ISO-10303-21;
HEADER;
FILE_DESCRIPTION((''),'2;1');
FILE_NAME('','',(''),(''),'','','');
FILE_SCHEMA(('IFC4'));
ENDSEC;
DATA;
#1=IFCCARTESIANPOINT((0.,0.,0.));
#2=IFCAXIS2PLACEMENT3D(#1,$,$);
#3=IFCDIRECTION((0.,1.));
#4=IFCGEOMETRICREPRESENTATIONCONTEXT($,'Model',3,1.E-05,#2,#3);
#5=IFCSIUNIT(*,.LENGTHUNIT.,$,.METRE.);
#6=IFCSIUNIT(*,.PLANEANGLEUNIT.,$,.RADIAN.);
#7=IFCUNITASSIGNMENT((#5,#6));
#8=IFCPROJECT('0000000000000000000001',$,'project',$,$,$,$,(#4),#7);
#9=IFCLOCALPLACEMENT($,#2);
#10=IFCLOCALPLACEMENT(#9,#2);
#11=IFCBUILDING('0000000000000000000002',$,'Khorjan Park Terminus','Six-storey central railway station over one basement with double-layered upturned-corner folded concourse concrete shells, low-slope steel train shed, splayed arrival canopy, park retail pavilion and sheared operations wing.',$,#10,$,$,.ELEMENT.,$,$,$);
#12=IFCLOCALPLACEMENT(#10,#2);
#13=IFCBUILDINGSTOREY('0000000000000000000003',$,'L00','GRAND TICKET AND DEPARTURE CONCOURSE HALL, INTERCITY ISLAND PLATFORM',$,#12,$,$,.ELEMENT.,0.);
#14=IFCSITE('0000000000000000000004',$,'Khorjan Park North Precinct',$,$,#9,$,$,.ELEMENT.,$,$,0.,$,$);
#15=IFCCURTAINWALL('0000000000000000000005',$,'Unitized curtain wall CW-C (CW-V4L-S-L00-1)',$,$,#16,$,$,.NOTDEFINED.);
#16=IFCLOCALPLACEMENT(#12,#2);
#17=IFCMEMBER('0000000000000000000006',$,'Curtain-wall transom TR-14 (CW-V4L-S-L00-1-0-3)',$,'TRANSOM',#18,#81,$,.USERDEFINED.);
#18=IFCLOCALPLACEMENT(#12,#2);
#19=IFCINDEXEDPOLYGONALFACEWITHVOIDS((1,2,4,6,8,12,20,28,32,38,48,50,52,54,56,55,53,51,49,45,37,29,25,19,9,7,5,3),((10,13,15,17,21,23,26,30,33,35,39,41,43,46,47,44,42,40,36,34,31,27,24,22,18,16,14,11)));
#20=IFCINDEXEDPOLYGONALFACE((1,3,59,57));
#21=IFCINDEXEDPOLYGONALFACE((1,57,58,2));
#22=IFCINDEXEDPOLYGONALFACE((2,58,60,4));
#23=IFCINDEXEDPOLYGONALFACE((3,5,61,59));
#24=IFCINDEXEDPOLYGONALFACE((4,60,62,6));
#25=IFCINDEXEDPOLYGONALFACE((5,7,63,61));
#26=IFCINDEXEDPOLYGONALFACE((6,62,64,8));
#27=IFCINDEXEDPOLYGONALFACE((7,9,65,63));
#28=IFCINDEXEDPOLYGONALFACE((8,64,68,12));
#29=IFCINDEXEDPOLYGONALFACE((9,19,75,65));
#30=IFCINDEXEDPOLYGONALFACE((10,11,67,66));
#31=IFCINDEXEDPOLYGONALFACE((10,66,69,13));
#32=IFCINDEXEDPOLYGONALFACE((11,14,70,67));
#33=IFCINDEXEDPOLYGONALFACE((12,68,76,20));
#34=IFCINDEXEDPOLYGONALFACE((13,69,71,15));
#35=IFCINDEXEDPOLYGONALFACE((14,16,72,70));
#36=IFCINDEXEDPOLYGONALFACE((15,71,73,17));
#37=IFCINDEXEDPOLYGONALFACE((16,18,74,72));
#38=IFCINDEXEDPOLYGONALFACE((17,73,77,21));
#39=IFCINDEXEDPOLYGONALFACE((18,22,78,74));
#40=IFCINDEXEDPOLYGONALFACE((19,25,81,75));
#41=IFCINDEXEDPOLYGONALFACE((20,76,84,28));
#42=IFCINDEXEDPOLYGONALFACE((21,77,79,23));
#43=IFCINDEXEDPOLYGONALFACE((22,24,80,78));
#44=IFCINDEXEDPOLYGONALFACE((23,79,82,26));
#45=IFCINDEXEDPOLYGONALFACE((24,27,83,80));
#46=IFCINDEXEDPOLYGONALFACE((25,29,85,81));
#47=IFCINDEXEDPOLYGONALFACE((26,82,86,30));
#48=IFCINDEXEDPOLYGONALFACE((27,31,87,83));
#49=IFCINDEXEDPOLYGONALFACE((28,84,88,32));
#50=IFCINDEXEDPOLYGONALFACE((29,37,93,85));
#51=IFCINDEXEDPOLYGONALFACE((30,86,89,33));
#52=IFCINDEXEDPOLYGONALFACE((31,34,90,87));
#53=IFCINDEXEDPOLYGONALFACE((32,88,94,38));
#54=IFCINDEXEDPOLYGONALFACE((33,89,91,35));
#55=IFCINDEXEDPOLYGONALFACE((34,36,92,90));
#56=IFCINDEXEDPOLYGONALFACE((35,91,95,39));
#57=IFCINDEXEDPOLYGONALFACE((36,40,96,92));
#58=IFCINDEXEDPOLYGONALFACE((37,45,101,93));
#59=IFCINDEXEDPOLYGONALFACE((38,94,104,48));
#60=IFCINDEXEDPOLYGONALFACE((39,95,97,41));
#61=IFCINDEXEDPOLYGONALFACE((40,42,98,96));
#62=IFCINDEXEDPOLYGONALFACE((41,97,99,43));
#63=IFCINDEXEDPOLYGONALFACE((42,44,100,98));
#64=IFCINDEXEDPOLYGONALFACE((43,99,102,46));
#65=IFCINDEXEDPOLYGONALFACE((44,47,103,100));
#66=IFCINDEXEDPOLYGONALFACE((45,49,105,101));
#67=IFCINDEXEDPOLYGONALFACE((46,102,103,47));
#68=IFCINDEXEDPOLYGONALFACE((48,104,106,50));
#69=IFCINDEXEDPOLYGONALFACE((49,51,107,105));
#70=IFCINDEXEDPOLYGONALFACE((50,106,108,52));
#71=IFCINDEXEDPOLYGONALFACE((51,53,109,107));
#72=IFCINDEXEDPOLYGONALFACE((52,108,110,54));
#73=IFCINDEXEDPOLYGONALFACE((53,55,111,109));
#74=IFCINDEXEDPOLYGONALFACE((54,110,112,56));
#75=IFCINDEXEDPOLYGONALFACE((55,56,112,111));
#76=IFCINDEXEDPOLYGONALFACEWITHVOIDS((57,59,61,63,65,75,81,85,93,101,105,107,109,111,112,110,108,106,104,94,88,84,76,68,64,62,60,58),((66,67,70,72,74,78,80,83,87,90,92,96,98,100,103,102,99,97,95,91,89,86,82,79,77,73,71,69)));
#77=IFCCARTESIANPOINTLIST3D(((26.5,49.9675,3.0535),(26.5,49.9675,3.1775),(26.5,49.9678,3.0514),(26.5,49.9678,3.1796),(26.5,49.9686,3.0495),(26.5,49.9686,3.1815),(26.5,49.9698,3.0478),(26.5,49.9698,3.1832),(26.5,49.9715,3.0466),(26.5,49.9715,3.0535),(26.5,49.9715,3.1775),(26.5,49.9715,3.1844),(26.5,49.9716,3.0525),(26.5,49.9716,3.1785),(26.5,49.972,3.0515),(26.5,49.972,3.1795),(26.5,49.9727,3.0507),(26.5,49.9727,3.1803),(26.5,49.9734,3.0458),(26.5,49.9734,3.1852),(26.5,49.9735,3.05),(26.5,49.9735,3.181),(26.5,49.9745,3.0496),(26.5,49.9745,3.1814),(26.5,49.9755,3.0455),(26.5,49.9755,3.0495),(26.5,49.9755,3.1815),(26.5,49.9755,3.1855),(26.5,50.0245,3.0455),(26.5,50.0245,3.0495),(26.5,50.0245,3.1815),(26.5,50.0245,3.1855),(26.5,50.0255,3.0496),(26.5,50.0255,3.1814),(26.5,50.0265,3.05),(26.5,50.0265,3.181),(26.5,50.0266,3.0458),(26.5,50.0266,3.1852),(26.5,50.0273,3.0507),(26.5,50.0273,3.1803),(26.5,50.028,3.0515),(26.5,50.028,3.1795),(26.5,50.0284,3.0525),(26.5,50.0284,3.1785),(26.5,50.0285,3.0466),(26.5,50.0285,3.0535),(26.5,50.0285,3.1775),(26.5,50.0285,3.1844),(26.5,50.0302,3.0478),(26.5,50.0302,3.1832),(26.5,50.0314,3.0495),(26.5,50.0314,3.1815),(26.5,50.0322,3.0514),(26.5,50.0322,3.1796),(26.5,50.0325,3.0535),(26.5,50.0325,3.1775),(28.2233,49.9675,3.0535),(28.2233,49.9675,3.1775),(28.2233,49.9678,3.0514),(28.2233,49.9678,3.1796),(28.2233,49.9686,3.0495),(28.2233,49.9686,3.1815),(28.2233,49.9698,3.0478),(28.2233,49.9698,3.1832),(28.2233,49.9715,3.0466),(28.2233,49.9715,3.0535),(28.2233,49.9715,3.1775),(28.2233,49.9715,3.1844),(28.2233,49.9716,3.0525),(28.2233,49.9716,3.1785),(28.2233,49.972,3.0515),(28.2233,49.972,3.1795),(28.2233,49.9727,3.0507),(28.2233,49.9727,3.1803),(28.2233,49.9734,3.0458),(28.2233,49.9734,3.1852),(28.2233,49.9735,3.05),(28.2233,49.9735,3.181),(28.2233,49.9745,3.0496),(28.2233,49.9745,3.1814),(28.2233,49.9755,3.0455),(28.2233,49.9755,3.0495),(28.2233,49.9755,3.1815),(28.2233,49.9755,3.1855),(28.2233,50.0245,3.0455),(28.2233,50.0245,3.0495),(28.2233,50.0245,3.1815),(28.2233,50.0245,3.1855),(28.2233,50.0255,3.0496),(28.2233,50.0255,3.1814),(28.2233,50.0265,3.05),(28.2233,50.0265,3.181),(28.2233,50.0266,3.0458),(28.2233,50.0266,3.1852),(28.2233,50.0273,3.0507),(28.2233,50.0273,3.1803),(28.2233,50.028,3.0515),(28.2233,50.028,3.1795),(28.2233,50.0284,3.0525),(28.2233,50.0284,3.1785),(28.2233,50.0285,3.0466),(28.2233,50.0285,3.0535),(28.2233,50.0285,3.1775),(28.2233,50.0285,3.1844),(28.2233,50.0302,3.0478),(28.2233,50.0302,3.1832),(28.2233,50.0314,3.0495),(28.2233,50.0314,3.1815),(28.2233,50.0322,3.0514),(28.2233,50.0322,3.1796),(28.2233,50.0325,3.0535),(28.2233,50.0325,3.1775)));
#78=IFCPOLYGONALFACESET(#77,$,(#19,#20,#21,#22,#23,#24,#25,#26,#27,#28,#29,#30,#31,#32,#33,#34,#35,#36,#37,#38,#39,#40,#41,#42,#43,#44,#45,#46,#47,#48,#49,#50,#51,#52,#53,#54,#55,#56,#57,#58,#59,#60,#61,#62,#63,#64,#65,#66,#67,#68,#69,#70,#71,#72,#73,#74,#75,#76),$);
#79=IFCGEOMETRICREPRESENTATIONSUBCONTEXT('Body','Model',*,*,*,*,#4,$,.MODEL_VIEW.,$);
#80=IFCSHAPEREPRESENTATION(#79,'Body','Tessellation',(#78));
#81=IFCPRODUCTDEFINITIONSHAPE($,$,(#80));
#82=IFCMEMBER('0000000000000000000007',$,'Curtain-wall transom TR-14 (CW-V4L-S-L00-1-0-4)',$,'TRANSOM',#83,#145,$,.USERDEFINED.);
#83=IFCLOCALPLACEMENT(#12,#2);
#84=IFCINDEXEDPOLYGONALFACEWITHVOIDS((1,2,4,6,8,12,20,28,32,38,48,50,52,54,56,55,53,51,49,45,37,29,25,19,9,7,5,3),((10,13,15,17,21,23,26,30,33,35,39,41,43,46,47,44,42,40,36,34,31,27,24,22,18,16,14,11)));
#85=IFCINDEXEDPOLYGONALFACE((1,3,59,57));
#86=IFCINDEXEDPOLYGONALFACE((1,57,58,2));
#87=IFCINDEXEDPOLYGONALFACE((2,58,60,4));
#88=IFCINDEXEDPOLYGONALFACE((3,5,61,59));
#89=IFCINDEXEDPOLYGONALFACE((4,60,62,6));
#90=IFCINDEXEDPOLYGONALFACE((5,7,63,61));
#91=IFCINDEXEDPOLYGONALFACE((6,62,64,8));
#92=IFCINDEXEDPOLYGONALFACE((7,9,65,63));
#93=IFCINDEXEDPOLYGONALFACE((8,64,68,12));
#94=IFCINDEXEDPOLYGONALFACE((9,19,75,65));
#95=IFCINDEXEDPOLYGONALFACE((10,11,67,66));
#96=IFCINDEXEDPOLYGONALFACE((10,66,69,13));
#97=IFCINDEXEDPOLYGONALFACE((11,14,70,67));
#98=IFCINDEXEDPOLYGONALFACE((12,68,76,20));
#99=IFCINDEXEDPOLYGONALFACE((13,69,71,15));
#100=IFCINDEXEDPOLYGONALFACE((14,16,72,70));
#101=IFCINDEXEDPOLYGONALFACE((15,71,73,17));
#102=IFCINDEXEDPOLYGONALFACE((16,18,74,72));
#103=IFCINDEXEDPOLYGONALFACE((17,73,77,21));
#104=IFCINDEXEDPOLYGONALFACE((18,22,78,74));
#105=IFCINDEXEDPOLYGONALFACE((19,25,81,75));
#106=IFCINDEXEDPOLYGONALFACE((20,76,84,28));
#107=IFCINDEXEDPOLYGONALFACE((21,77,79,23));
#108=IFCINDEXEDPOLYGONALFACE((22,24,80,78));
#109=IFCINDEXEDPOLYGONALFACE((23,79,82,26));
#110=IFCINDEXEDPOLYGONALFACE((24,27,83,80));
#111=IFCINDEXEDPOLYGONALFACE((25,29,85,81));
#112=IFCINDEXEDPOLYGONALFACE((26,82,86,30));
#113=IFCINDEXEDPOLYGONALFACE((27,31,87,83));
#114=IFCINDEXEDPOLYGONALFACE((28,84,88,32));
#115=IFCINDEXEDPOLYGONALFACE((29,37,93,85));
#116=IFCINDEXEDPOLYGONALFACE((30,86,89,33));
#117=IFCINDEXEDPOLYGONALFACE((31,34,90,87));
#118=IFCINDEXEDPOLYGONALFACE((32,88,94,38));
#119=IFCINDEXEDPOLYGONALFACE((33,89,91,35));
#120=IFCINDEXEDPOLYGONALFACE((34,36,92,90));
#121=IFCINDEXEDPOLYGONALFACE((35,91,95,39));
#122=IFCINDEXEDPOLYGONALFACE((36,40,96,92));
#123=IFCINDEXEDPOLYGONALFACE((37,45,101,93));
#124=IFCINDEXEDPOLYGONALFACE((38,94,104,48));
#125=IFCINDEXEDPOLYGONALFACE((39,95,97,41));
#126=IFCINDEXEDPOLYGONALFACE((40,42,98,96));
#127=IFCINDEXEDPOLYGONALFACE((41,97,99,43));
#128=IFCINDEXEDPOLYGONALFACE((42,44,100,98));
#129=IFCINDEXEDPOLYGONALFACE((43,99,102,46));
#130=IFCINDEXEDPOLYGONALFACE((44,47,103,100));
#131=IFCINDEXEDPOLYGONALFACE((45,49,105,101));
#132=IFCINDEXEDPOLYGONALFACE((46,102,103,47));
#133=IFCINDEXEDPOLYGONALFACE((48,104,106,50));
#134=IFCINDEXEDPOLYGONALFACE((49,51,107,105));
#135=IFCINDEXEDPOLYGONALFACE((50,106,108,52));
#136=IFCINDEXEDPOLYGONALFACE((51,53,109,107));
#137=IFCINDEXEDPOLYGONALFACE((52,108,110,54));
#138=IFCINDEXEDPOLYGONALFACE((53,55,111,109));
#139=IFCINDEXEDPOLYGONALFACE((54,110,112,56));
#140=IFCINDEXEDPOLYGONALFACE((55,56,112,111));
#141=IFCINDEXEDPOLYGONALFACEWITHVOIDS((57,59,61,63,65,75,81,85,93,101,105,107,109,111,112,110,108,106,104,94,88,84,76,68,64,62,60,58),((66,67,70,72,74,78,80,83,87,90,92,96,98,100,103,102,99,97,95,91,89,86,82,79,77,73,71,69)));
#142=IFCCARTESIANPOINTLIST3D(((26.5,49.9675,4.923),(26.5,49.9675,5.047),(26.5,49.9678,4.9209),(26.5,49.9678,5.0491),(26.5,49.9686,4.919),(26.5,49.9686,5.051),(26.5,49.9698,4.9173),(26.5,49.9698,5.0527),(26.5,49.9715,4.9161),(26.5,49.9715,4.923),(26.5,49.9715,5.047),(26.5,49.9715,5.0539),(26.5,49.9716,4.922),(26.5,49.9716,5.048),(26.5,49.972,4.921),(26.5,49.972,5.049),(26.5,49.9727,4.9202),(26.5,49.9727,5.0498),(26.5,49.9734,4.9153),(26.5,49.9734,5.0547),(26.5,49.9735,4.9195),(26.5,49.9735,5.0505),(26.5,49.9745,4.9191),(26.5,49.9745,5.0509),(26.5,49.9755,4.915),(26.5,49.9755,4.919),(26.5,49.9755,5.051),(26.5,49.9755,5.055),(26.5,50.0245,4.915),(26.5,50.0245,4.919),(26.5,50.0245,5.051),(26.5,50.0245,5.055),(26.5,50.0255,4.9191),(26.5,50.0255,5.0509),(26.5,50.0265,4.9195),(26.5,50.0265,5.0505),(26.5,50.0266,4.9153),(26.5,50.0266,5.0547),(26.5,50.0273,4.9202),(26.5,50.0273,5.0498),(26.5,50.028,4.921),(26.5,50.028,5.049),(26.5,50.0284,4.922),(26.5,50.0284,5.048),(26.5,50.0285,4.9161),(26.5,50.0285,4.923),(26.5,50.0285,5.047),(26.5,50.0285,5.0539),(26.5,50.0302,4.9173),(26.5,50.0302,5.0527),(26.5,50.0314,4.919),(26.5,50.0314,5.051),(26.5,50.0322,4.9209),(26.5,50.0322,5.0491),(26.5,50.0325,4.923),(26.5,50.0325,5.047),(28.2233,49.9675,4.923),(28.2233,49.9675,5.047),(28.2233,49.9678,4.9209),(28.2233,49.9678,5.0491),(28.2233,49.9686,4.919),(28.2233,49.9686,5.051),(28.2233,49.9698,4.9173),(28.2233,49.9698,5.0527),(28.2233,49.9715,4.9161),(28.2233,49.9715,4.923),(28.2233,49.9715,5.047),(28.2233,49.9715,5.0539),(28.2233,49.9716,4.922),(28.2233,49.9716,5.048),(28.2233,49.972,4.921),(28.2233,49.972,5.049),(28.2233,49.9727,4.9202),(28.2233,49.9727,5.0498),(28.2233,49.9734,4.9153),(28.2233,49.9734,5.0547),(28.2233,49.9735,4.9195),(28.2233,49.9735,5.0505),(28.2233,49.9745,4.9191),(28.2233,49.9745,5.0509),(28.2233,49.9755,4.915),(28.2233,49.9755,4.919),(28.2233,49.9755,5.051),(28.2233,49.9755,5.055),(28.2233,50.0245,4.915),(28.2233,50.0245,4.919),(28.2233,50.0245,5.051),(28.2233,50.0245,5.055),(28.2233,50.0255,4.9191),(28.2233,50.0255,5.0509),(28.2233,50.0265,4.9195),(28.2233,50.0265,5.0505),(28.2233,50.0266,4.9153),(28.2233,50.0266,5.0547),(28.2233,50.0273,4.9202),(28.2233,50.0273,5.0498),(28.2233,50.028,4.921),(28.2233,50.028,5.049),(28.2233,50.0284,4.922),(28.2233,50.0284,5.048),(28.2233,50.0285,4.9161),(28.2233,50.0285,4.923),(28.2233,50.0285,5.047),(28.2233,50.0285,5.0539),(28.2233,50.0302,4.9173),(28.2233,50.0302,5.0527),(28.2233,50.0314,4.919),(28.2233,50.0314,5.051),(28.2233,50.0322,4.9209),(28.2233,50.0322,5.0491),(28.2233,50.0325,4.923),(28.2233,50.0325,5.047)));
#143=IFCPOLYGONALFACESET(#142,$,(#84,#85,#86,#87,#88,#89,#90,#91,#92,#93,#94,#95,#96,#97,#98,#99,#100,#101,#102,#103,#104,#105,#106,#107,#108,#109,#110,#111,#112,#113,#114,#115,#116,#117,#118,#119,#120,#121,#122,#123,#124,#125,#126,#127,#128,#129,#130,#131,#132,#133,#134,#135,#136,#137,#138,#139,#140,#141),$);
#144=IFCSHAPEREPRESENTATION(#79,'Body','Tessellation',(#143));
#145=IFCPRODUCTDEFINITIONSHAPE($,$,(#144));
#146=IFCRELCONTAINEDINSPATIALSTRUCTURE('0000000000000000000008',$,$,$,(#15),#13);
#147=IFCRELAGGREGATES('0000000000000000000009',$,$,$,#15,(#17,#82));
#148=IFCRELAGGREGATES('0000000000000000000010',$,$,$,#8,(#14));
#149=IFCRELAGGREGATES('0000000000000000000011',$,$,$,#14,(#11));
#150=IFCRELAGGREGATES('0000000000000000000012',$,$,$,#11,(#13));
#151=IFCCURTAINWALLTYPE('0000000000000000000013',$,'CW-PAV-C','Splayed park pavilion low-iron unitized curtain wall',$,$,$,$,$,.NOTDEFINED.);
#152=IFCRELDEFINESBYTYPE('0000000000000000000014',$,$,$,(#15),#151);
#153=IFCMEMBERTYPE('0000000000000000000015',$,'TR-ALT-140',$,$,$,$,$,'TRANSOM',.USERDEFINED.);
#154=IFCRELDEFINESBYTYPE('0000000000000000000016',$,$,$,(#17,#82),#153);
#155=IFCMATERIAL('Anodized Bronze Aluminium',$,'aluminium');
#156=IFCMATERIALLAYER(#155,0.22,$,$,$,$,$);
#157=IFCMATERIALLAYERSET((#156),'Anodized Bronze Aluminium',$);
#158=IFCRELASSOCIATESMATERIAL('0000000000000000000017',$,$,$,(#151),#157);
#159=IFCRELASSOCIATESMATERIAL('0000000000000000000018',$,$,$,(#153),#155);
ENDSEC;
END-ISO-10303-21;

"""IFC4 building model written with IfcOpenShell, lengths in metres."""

from ifc_helpers import new_model, si_unit, direction, frame, origin, origin_2d, place, context, subcontext, project, spatial, hollow_rectangle, extrude, material, layer, layer_set, material_profile, profile_set, type_object, element, aggregate, save


model = new_model("IFC4")

# Units and contexts
model_context = context("Model", 3, precision=1e-05, world=origin(), true_north=direction((0.0, 1.0)))
body_context = subcontext(model_context, "Body", "Model", "MODEL_VIEW")
ifc_project = project(units=[si_unit("LENGTHUNIT", "METRE"), si_unit("PLANEANGLEUNIT", "RADIAN")], contexts=[model_context])

# Site, building, storey
site_placement = place(None, origin())
site = spatial("IfcSite", under=ifc_project, at=site_placement, Name="Khorjan Park North Precinct", CompositionType="ELEMENT", RefElevation=0.0)
building_placement = place(site_placement, origin())
building = spatial("IfcBuilding", under=site, at=building_placement, Name="Khorjan Park Terminus", Description="Six-storey central railway station over one basement with double-layered upturned-corner folded concourse concrete shells, low-slope steel train shed, splayed arrival canopy, park retail pavilion and sheared operations wing.", CompositionType="ELEMENT")
storey_placement = place(building_placement, origin())
storey = spatial("IfcBuildingStorey", under=building, at=storey_placement, Name="L00", Description="GRAND TICKET AND DEPARTURE CONCOURSE HALL, INTERCITY ISLAND PLATFORM", CompositionType="ELEMENT", Elevation=0.0)

# Curtain wall
ifc_material_1 = material(Name="Anodized Bronze Aluminium", Category="aluminium")
ifc_layer_1 = layer(ifc_material_1, 0.22)
ifc_layer_set_1 = layer_set([ifc_layer_1], Name="Anodized Bronze Aluminium")
curtain_wall_type = type_object("IfcCurtainWallType", Name="CW-PAV-C", Description="Splayed park pavilion low-iron unitized curtain wall", PredefinedType="NOTDEFINED", material=ifc_layer_set_1)
curtain_wall_1_placement = place(storey_placement, origin())
curtain_wall_1 = element("IfcCurtainWall", 1, at=curtain_wall_1_placement, inside=storey, type_object=curtain_wall_type, Name="Unitized curtain wall CW-C (CW-V4L-S-L00-1)", PredefinedType="NOTDEFINED")

# Members
ifc_material_profile_1 = material_profile(ifc_material_1, hollow_rectangle(XDim=0.065, YDim=0.14, WallThickness=0.004, InnerFilletRadius=0.004, OuterFilletRadius=0.008, at=origin_2d()), Name="ALT 65x140x4")
ifc_profile_set_1 = profile_set([ifc_material_profile_1], Name="Anodized Bronze Aluminium")
member_type_1 = type_object("IfcMemberType", Name="TR-ALT-140", ElementType="TRANSOM", PredefinedType="USERDEFINED", material=ifc_profile_set_1)
member_1_placement = place(storey_placement, frame((26.5, 50.0, 3.1155), z_axis=(1.0, 0.0, 0.0), x_axis=(0.0, 1.0, 0.0)))
member_1 = element("IfcMember", 2, at=member_1_placement, type_object=member_type_1, Name="Curtain-wall transom TR-14 (CW-V4L-S-L00-1-0-3)", ObjectType="TRANSOM", PredefinedType="USERDEFINED", context=body_context, shape_type="SweptSolid", body=[
    extrude(hollow_rectangle(XDim=0.065, YDim=0.14, WallThickness=0.004, InnerFilletRadius=0.004, OuterFilletRadius=0.008, at=origin_2d()), origin(), (0.0, 0.0, 1.0), 1.7233),
])
member_2_placement = place(storey_placement, frame((26.5, 50.0, 4.985), z_axis=(1.0, 0.0, 0.0), x_axis=(0.0, 1.0, 0.0)))
member_2 = element("IfcMember", 3, at=member_2_placement, type_object=member_type_1, Name="Curtain-wall transom TR-14 (CW-V4L-S-L00-1-0-4)", ObjectType="TRANSOM", PredefinedType="USERDEFINED", context=body_context, shape_type="SweptSolid", body=[
    extrude(hollow_rectangle(XDim=0.065, YDim=0.14, WallThickness=0.004, InnerFilletRadius=0.004, OuterFilletRadius=0.008, at=origin_2d()), origin(), (0.0, 0.0, 1.0), 1.7233),
])

aggregate(curtain_wall_1, [member_1, member_2])

save(model, "model.ifc")
